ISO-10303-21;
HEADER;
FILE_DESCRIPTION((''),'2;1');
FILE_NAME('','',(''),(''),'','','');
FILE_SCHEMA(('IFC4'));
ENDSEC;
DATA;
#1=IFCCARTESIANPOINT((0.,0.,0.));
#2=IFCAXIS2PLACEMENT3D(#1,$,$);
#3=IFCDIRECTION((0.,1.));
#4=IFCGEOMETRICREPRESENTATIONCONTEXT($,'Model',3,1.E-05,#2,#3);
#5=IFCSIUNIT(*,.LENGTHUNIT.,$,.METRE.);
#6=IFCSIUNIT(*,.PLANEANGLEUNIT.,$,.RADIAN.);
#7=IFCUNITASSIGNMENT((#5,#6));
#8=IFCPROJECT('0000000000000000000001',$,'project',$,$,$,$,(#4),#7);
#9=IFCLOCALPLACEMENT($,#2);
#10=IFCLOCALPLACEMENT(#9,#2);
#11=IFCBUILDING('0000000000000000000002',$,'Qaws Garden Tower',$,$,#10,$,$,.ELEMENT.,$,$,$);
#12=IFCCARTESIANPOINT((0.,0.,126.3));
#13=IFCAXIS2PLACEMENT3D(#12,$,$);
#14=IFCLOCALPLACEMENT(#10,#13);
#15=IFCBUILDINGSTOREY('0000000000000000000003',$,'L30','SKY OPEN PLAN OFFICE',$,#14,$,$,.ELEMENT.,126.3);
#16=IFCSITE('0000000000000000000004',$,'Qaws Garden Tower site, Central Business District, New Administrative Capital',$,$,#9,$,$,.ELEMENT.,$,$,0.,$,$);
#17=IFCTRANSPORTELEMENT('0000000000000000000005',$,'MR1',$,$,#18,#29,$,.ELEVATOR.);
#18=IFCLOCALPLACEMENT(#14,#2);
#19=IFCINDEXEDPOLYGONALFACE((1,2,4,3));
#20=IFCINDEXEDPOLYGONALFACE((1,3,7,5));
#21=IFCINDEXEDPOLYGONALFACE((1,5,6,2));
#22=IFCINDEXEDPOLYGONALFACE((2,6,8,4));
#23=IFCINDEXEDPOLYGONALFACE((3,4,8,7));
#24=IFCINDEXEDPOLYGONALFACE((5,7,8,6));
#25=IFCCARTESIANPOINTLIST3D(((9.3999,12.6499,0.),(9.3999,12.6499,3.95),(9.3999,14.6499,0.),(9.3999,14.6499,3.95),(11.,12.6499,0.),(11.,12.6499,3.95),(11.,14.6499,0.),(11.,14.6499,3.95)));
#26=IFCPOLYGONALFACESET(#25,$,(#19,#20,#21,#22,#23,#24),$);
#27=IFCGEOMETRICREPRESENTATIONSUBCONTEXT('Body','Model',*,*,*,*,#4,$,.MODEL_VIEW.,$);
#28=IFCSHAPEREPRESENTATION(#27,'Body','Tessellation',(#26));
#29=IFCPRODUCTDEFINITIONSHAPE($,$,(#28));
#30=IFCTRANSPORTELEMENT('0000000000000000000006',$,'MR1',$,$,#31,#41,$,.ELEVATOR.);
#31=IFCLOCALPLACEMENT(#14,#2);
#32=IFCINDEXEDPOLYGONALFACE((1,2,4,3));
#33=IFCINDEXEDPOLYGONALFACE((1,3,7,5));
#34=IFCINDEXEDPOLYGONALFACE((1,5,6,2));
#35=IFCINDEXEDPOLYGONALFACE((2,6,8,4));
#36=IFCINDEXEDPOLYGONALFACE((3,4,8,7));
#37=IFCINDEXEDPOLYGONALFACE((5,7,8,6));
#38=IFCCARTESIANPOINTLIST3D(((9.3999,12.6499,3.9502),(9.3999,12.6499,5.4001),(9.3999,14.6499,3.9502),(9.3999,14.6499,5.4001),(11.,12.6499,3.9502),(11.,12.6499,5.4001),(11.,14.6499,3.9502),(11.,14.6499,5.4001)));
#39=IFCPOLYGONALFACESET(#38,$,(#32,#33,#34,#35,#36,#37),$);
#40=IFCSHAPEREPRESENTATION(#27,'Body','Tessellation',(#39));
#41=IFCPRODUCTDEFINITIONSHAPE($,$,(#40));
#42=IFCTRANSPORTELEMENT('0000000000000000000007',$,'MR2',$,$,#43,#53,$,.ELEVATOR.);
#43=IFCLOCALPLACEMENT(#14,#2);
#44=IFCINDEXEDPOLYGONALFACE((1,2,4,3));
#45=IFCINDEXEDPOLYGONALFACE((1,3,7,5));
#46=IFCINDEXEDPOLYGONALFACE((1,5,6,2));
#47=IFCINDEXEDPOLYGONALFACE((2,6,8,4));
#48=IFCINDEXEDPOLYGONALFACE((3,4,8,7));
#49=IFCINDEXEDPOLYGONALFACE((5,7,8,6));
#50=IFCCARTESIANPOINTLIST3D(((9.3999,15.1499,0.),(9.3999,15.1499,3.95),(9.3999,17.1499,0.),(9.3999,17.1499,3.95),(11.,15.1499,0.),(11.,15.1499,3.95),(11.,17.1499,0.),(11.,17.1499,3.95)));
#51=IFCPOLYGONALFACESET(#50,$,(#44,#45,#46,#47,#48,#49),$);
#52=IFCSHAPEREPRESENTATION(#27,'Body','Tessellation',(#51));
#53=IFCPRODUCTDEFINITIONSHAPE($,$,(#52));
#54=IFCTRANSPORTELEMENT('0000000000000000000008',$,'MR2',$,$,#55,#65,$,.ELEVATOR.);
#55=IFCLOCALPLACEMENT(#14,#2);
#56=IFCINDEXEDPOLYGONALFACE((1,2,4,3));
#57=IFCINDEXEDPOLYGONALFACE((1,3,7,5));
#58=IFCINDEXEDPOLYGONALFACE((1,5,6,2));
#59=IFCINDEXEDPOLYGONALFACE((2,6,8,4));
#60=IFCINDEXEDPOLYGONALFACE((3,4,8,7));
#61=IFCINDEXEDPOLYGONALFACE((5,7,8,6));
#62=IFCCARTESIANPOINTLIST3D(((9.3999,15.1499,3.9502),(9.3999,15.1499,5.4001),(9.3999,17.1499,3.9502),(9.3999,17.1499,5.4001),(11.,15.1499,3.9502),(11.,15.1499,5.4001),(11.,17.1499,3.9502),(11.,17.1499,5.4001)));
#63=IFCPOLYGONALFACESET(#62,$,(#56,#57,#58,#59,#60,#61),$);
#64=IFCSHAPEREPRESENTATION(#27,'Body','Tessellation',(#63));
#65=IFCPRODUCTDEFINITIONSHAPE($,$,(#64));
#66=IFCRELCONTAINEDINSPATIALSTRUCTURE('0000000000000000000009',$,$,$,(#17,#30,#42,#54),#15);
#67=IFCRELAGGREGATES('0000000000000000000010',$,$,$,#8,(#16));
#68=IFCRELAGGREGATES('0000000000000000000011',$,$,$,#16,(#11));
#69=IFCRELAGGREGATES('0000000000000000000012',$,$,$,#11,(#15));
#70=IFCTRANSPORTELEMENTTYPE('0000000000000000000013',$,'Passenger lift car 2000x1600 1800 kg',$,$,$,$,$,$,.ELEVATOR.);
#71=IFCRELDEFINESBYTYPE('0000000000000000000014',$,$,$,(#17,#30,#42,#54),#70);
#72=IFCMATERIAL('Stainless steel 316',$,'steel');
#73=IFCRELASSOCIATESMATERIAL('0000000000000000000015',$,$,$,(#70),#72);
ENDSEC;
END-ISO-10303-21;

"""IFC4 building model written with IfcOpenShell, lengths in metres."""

from ifc_helpers import new_model, si_unit, direction, frame, origin, origin_2d, place, context, subcontext, project, spatial, rectangle, extrude, material, type_object, element, save


model = new_model("IFC4")

# Units and contexts
model_context = context("Model", 3, precision=1e-05, world=origin(), true_north=direction((0.0, 1.0)))
body_context = subcontext(model_context, "Body", "Model", "MODEL_VIEW")
ifc_project = project(units=[si_unit("LENGTHUNIT", "METRE"), si_unit("PLANEANGLEUNIT", "RADIAN")], contexts=[model_context])

# Site, building, storey
site_placement = place(None, origin())
site = spatial("IfcSite", under=ifc_project, at=site_placement, Name="Qaws Garden Tower site, Central Business District, New Administrative Capital", CompositionType="ELEMENT", RefElevation=0.0)
building_placement = place(site_placement, origin())
building = spatial("IfcBuilding", under=site, at=building_placement, Name="Qaws Garden Tower", CompositionType="ELEMENT")
storey_placement = place(building_placement, frame((0.0, 0.0, 126.3)))
storey = spatial("IfcBuildingStorey", under=building, at=storey_placement, Name="L30", Description="SKY OPEN PLAN OFFICE", CompositionType="ELEMENT", Elevation=126.3)

# Transport elements
ifc_material_1 = material(Name="Stainless steel 316", Category="steel")
transport_element_type = type_object("IfcTransportElementType", Name="Passenger lift car 2000x1600 1800 kg", PredefinedType="ELEVATOR", material=ifc_material_1)
transport_element_1_placement = place(storey_placement, frame((10.2, 13.6499, 0.0), z_axis=(0.0, 0.0, 1.0), x_axis=(1.0, 0.0, 0.0)))
element("IfcTransportElement", 1, at=transport_element_1_placement, inside=storey, type_object=transport_element_type, Name="MR1", PredefinedType="ELEVATOR", context=body_context, shape_type="SweptSolid", body=[
    extrude(rectangle(XDim=1.6001, YDim=2.0, at=origin_2d()), origin(), (0.0, 0.0, 1.0), 3.95),
])
transport_element_2_placement = place(storey_placement, frame((10.2, 13.6499, 3.9502), z_axis=(0.0, 0.0, 1.0), x_axis=(1.0, 0.0, 0.0)))
element("IfcTransportElement", 2, at=transport_element_2_placement, inside=storey, type_object=transport_element_type, Name="MR1", PredefinedType="ELEVATOR", context=body_context, shape_type="SweptSolid", body=[
    extrude(rectangle(XDim=1.6001, YDim=2.0, at=origin_2d()), origin(), (0.0, 0.0, 1.0), 1.45),
])
transport_element_3_placement = place(storey_placement, frame((10.2, 16.1499, 0.0), z_axis=(0.0, 0.0, 1.0), x_axis=(1.0, 0.0, 0.0)))
element("IfcTransportElement", 3, at=transport_element_3_placement, inside=storey, type_object=transport_element_type, Name="MR2", PredefinedType="ELEVATOR", context=body_context, shape_type="SweptSolid", body=[
    extrude(rectangle(XDim=1.6001, YDim=2.0, at=origin_2d()), origin(), (0.0, 0.0, 1.0), 3.95),
])
transport_element_4_placement = place(storey_placement, frame((10.2, 16.1499, 3.9502), z_axis=(0.0, 0.0, 1.0), x_axis=(1.0, 0.0, 0.0)))
element("IfcTransportElement", 4, at=transport_element_4_placement, inside=storey, type_object=transport_element_type, Name="MR2", PredefinedType="ELEVATOR", context=body_context, shape_type="SweptSolid", body=[
    extrude(rectangle(XDim=1.6001, YDim=2.0, at=origin_2d()), origin(), (0.0, 0.0, 1.0), 1.45),
])

save(model, "model.ifc")
